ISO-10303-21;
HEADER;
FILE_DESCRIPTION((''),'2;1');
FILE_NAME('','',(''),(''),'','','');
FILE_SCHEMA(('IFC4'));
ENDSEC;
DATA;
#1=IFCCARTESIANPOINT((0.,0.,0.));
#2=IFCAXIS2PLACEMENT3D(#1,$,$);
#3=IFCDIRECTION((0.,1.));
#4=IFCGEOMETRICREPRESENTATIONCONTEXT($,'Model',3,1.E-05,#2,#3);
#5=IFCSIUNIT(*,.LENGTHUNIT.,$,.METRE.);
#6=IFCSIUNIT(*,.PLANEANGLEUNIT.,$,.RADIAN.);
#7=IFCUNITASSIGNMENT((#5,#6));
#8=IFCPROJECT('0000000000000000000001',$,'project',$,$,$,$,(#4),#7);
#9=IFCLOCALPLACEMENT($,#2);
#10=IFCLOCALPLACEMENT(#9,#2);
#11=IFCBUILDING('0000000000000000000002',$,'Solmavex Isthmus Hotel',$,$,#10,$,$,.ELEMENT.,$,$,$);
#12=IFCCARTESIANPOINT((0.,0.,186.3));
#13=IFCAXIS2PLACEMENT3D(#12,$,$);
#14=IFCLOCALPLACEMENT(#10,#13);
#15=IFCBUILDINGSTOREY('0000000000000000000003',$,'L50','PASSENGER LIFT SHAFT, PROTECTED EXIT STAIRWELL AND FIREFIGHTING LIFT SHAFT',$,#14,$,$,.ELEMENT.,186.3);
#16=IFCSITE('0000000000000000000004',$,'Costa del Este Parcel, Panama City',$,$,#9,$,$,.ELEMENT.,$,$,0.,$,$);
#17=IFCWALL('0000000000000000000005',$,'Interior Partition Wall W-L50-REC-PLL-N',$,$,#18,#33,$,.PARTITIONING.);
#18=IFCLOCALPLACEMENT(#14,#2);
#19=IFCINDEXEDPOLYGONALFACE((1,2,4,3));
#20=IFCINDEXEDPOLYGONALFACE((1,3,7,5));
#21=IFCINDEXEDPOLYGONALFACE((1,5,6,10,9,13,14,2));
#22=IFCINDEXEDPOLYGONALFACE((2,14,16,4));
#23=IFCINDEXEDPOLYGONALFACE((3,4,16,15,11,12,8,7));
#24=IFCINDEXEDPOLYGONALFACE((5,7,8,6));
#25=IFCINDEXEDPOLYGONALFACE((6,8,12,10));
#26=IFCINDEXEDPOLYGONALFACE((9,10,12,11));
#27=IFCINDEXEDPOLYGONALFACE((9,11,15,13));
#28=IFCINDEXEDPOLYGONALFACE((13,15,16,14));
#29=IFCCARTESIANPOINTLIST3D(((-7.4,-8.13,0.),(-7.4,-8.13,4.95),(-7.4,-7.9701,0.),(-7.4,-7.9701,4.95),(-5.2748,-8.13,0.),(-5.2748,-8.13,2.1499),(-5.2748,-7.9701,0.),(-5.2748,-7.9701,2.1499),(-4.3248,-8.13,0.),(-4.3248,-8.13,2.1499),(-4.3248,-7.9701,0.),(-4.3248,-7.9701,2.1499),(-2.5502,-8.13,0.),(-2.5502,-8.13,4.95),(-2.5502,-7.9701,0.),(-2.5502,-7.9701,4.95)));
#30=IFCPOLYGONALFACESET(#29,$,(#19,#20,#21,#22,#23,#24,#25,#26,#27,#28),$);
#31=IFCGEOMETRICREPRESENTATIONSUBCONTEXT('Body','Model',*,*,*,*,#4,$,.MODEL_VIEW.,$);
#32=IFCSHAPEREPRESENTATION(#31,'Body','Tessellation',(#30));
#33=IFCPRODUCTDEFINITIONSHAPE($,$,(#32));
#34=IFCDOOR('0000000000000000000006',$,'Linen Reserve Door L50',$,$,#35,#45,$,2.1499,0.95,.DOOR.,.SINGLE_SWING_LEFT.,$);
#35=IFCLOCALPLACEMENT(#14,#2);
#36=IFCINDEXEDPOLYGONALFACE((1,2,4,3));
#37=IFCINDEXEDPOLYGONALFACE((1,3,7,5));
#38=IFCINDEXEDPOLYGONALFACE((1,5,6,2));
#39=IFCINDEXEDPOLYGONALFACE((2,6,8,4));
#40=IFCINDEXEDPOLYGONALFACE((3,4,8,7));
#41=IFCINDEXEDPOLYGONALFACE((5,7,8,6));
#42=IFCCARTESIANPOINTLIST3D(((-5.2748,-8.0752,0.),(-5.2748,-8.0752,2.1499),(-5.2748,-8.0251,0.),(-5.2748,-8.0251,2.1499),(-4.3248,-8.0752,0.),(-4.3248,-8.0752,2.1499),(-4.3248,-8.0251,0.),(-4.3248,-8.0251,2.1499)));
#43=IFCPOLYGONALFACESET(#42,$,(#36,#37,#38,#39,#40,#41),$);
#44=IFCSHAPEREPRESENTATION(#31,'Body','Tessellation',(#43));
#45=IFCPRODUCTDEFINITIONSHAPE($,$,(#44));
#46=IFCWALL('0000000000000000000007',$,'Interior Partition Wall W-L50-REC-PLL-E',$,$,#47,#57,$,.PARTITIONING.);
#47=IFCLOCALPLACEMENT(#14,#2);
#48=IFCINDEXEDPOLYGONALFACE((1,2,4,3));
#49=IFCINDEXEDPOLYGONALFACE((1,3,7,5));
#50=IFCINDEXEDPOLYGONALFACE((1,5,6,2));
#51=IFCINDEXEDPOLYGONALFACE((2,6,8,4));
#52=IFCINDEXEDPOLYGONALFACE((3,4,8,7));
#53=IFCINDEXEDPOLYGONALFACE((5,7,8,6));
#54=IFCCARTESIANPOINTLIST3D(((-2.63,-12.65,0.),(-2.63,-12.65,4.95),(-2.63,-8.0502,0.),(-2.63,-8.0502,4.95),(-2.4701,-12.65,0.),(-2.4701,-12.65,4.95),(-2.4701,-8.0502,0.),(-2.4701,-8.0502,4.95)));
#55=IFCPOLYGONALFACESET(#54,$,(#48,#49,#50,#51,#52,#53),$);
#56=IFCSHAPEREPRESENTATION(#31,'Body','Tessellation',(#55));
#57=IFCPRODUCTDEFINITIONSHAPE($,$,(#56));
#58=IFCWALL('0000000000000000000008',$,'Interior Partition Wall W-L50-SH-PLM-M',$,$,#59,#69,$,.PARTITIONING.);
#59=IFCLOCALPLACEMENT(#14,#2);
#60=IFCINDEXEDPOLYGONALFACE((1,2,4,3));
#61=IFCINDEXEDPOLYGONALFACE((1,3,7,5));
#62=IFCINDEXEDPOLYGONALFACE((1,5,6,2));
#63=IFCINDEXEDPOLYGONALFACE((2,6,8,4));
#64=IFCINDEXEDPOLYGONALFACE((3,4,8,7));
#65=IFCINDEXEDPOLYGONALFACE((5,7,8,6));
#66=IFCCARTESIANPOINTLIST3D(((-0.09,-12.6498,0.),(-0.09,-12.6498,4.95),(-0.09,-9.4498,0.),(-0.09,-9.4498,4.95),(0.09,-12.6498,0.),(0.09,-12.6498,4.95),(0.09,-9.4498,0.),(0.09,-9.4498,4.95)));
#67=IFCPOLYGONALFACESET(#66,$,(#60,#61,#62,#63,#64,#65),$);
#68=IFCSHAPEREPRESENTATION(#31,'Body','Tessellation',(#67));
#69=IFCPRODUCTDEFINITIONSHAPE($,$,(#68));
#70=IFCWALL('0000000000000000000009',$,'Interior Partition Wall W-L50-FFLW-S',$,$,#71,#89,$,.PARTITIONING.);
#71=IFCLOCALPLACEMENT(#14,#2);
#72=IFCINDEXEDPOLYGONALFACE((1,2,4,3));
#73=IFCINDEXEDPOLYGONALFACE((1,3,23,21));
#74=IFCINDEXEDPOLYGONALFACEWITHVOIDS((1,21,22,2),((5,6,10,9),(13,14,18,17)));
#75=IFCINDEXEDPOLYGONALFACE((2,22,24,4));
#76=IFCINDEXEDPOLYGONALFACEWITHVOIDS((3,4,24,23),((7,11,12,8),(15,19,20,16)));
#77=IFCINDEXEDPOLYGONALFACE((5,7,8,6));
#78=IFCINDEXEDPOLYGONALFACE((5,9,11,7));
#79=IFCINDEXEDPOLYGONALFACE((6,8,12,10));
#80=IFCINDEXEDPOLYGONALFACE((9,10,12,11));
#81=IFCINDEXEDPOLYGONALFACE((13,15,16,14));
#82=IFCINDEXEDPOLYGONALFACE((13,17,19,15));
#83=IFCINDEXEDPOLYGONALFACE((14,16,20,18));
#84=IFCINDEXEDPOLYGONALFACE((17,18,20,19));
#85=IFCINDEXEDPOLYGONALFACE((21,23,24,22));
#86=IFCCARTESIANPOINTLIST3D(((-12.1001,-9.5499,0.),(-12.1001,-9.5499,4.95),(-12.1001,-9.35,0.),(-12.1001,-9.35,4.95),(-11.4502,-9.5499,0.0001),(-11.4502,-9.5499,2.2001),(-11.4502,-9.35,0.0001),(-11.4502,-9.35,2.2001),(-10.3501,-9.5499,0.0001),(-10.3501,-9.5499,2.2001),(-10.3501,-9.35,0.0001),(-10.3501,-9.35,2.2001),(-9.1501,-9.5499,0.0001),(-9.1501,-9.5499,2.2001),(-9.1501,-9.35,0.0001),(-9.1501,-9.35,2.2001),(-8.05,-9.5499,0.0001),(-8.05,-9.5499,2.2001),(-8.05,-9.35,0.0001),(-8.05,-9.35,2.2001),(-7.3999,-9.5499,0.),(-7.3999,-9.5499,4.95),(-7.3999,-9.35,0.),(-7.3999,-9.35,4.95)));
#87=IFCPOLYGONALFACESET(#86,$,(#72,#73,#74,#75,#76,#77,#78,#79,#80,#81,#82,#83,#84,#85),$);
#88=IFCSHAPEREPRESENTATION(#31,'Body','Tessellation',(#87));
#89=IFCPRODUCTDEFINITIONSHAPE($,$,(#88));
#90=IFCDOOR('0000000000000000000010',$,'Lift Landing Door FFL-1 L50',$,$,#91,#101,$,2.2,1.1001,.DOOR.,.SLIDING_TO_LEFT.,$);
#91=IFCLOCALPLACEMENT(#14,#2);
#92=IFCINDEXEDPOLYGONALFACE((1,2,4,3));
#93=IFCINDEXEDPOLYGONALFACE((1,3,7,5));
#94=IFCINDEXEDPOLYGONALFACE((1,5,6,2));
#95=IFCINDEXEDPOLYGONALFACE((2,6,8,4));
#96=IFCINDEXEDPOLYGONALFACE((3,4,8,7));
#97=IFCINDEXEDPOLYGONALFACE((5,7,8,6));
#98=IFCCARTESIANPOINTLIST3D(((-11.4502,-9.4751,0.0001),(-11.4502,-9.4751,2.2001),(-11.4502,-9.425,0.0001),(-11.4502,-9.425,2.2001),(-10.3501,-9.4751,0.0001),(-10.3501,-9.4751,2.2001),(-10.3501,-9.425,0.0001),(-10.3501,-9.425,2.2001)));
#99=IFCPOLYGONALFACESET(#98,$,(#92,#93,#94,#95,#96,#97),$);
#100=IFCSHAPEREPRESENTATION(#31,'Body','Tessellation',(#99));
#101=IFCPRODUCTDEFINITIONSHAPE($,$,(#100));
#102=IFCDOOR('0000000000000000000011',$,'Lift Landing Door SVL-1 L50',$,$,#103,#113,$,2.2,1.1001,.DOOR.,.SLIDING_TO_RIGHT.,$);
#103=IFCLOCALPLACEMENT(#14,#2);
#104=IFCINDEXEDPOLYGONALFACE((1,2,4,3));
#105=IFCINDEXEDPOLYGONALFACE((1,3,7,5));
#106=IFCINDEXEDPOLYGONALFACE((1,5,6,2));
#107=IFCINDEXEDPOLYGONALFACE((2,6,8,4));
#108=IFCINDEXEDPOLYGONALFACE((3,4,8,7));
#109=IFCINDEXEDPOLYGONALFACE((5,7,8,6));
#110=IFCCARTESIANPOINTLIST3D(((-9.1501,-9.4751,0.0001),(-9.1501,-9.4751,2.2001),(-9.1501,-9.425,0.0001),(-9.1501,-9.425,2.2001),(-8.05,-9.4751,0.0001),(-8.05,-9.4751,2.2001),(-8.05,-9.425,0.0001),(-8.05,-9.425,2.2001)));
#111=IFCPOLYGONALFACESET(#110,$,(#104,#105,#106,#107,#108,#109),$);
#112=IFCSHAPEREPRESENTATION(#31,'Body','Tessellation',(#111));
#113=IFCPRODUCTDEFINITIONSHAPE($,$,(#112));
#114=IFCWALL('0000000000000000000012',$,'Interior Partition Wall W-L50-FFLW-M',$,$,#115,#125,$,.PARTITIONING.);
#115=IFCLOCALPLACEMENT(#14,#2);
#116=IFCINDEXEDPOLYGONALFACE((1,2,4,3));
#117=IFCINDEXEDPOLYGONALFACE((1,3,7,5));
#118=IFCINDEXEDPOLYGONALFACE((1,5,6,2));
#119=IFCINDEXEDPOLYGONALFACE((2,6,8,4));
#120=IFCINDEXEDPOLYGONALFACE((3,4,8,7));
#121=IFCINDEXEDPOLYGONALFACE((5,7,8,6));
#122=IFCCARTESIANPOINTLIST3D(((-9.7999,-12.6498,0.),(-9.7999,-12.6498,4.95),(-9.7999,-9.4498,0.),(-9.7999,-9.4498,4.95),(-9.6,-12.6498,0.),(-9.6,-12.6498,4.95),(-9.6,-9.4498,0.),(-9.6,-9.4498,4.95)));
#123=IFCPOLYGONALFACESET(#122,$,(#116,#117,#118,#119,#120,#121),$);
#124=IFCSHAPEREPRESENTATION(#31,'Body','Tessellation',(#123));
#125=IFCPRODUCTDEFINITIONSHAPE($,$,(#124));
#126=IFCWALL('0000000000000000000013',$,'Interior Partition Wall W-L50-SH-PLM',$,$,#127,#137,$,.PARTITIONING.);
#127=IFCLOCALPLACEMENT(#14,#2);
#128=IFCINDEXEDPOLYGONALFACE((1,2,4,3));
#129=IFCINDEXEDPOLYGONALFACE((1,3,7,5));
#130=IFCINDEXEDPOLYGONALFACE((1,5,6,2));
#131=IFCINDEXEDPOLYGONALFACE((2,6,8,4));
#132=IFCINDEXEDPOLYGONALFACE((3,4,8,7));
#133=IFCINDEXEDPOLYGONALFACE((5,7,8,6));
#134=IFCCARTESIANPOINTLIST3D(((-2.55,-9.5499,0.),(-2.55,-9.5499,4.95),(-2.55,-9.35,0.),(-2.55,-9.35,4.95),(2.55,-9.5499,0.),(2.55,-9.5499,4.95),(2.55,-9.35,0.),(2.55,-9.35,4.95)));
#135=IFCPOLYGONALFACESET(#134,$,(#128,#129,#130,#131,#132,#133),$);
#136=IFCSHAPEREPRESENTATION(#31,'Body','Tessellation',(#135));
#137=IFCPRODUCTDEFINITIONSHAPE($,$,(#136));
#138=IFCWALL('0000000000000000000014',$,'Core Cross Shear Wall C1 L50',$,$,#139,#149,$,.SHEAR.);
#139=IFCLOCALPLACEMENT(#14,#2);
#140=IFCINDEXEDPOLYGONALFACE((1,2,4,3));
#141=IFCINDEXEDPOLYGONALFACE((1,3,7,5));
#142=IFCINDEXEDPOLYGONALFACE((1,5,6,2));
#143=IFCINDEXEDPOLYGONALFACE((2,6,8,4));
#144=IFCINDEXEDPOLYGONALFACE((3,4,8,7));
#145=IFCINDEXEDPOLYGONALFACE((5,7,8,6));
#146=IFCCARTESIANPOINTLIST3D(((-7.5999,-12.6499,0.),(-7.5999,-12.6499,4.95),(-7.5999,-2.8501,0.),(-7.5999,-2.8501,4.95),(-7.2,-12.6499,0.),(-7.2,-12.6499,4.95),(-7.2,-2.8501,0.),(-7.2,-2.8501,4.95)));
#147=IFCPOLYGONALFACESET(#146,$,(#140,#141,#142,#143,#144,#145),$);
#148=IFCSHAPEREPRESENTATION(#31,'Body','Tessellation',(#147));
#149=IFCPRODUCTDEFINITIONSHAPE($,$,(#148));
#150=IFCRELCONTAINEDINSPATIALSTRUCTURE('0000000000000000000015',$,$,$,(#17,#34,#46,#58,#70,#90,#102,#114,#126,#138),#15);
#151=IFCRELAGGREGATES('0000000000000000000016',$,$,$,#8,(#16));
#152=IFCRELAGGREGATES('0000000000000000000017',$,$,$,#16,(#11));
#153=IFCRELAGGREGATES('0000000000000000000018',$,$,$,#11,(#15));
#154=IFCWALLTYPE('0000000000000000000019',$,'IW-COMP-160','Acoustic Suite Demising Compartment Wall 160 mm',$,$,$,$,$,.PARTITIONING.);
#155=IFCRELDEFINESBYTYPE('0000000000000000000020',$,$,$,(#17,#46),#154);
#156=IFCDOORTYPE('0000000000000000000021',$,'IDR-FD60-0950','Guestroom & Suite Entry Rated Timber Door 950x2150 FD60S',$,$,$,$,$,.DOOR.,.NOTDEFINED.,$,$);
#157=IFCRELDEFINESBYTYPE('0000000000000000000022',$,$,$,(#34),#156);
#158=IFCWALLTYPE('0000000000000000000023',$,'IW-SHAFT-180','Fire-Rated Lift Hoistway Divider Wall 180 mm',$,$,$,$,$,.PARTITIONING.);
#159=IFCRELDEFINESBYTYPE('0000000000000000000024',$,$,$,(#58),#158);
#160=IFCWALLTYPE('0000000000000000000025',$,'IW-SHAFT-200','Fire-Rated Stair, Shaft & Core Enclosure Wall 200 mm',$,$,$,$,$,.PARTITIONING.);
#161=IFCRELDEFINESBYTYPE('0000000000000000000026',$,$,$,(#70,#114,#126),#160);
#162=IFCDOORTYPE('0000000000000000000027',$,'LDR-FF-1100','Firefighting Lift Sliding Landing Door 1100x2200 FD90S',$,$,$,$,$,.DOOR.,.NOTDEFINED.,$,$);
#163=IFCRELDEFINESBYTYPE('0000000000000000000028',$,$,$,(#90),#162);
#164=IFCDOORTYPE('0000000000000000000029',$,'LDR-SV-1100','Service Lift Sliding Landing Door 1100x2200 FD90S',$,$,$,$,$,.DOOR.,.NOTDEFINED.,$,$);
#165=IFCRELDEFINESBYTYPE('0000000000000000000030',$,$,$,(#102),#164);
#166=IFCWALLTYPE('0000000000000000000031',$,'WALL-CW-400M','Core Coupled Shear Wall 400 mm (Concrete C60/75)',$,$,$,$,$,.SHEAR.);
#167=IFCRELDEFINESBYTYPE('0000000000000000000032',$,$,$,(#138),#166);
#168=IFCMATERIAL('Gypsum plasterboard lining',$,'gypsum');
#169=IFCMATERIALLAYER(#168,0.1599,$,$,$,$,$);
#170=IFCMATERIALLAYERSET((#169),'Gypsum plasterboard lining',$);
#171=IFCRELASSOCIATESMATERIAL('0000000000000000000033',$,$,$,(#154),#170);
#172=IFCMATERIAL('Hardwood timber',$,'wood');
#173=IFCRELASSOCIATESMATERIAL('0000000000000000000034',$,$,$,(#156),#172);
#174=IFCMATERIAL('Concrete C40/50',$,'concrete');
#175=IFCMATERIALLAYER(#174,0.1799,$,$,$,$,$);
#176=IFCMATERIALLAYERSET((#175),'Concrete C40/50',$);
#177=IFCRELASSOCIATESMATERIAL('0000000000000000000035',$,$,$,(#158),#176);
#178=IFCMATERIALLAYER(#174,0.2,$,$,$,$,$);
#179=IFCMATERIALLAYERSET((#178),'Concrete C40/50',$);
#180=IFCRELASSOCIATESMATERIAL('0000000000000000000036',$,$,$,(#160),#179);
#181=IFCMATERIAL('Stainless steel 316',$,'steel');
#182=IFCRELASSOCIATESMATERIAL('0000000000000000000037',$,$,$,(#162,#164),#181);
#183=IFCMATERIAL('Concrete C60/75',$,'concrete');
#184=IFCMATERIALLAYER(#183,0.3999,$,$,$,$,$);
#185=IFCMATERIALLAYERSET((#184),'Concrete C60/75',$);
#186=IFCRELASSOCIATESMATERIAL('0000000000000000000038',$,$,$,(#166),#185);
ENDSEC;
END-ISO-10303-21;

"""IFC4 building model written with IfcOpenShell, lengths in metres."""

from ifc_helpers import new_model, si_unit, direction, frame, frame_2d, origin, place, context, subcontext, project, spatial, rectangle, extrude, material, layer, layer_set, type_object, element, fill, save


model = new_model("IFC4")

# Units and contexts
model_context = context("Model", 3, precision=1e-05, world=origin(), true_north=direction((0.0, 1.0)))
body_context = subcontext(model_context, "Body", "Model", "MODEL_VIEW")
ifc_project = project(units=[si_unit("LENGTHUNIT", "METRE"), si_unit("PLANEANGLEUNIT", "RADIAN")], contexts=[model_context])

# Site, building, storey
site_placement = place(None, origin())
site = spatial("IfcSite", under=ifc_project, at=site_placement, Name="Costa del Este Parcel, Panama City", CompositionType="ELEMENT", RefElevation=0.0)
building_placement = place(site_placement, origin())
building = spatial("IfcBuilding", under=site, at=building_placement, Name="Solmavex Isthmus Hotel", CompositionType="ELEMENT")
storey_placement = place(building_placement, frame((0.0, 0.0, 186.3)))
storey = spatial("IfcBuildingStorey", under=building, at=storey_placement, Name="L50", Description="PASSENGER LIFT SHAFT, PROTECTED EXIT STAIRWELL AND FIREFIGHTING LIFT SHAFT", CompositionType="ELEMENT", Elevation=186.3)

# Shared definitions
ifc_material_1 = material(Name="Concrete C60/75", Category="concrete")

# Wall, opening, door
ifc_material_2 = material(Name="Gypsum plasterboard lining", Category="gypsum")
ifc_layer_1 = layer(ifc_material_2, 0.1599)
ifc_layer_set_1 = layer_set([ifc_layer_1], Name="Gypsum plasterboard lining")
wall_type_1 = type_object("IfcWallType", Name="IW-COMP-160", Description="Acoustic Suite Demising Compartment Wall 160 mm", PredefinedType="PARTITIONING", material=ifc_layer_set_1)
wall_1_placement = place(storey_placement, frame((-7.3999, -8.05, 0.0), z_axis=(0.0, 0.0, 1.0), x_axis=(1.0, 0.0, 0.0)))
wall_1 = element("IfcWall", 1, at=wall_1_placement, inside=storey, type_object=wall_type_1, Name="Interior Partition Wall W-L50-REC-PLL-N", PredefinedType="PARTITIONING", context=body_context, shape_type="SweptSolid", body=[
    extrude(rectangle(XDim=4.8499, YDim=0.1599, at=frame_2d((2.4248, 0.0))), origin(), (0.0, 0.0, 1.0), 4.95),
])
opening_1_placement = place(wall_1_placement, frame((2.125, 0.0, 0.0)))
opening_1 = element("IfcOpeningElement", 2, at=opening_1_placement, cuts=wall_1, PredefinedType="OPENING", context=body_context, shape_type="SweptSolid", body=[
    extrude(rectangle(XDim=0.95, YDim=2.1499, at=frame_2d((0.4751, 1.075))), frame((0.0, 0.0898, 0.0), z_axis=(0.0, -1.0, 0.0), x_axis=(1.0, 0.0, 0.0)), (0.0, 0.0, 1.0), 0.1799),
])
ifc_material_3 = material(Name="Hardwood timber", Category="wood")
door_type_1 = type_object("IfcDoorType", Name="IDR-FD60-0950", Description="Guestroom & Suite Entry Rated Timber Door 950x2150 FD60S", OperationType="NOTDEFINED", PredefinedType="DOOR", material=ifc_material_3)
door_1_placement = place(opening_1_placement, origin())
door_1 = element("IfcDoor", 3, at=door_1_placement, inside=storey, type_object=door_type_1, Name="Linen Reserve Door L50", OperationType="SINGLE_SWING_LEFT", OverallHeight=2.1499, OverallWidth=0.95, PredefinedType="DOOR", context=body_context, shape_type="SweptSolid", body=[
    extrude(rectangle(XDim=0.95, YDim=2.1499, at=frame_2d((0.4751, 1.075))), frame((0.0, 0.0249, 0.0), z_axis=(0.0, -1.0, 0.0), x_axis=(1.0, 0.0, 0.0)), (0.0, 0.0, 1.0), 0.05),
])
fill(opening_1, door_1)

# Walls
wall_2_placement = place(storey_placement, frame((-2.55, -12.6499, 0.0), z_axis=(0.0, 0.0, 1.0), x_axis=(0.0, 1.0, 0.0)))
element("IfcWall", 4, at=wall_2_placement, inside=storey, type_object=wall_type_1, Name="Interior Partition Wall W-L50-REC-PLL-E", PredefinedType="PARTITIONING", context=body_context, shape_type="SweptSolid", body=[
    extrude(rectangle(XDim=4.5999, YDim=0.1599, at=frame_2d((2.2998, 0.0))), origin(), (0.0, 0.0, 1.0), 4.95),
])
ifc_material_4 = material(Name="Concrete C40/50", Category="concrete")
ifc_layer_2 = layer(ifc_material_4, 0.1799)
ifc_layer_set_2 = layer_set([ifc_layer_2], Name="Concrete C40/50")
wall_type_2 = type_object("IfcWallType", Name="IW-SHAFT-180", Description="Fire-Rated Lift Hoistway Divider Wall 180 mm", PredefinedType="PARTITIONING", material=ifc_layer_set_2)
wall_3_placement = place(storey_placement, frame((0.0, -12.6499, 0.0), z_axis=(0.0, 0.0, 1.0), x_axis=(0.0, 1.0, 0.0)))
element("IfcWall", 5, at=wall_3_placement, inside=storey, type_object=wall_type_2, Name="Interior Partition Wall W-L50-SH-PLM-M", PredefinedType="PARTITIONING", context=body_context, shape_type="SweptSolid", body=[
    extrude(rectangle(XDim=3.2, YDim=0.1799, at=frame_2d((1.6001, 0.0))), origin(), (0.0, 0.0, 1.0), 4.95),
])

# Wall, openings, doors
ifc_layer_3 = layer(ifc_material_4, 0.2)
ifc_layer_set_3 = layer_set([ifc_layer_3], Name="Concrete C40/50")
wall_type_3 = type_object("IfcWallType", Name="IW-SHAFT-200", Description="Fire-Rated Stair, Shaft & Core Enclosure Wall 200 mm", PredefinedType="PARTITIONING", material=ifc_layer_set_3)
wall_4_placement = place(storey_placement, frame((-12.1001, -9.45, 0.0), z_axis=(0.0, 0.0, 1.0), x_axis=(1.0, 0.0, 0.0)))
wall_4 = element("IfcWall", 6, at=wall_4_placement, inside=storey, type_object=wall_type_3, Name="Interior Partition Wall W-L50-FFLW-S", PredefinedType="PARTITIONING", context=body_context, shape_type="SweptSolid", body=[
    extrude(rectangle(XDim=4.7002, YDim=0.2, at=frame_2d((2.3501, 0.0))), origin(), (0.0, 0.0, 1.0), 4.95),
])
opening_2_placement = place(wall_4_placement, frame((0.6499, 0.0, 0.0)))
opening_2 = element("IfcOpeningElement", 7, at=opening_2_placement, cuts=wall_4, PredefinedType="OPENING", context=body_context, shape_type="SweptSolid", body=[
    extrude(rectangle(XDim=1.1001, YDim=2.2, at=frame_2d((0.55, 1.1001))), frame((0.0, 0.1099, 0.0), z_axis=(0.0, -1.0, 0.0), x_axis=(1.0, 0.0, 0.0)), (0.0, 0.0, 1.0), 0.22),
])
opening_3_placement = place(wall_4_placement, frame((2.95, 0.0, 0.0)))
opening_3 = element("IfcOpeningElement", 8, at=opening_3_placement, cuts=wall_4, PredefinedType="OPENING", context=body_context, shape_type="SweptSolid", body=[
    extrude(rectangle(XDim=1.1001, YDim=2.2, at=frame_2d((0.55, 1.1001))), frame((0.0, 0.1099, 0.0), z_axis=(0.0, -1.0, 0.0), x_axis=(1.0, 0.0, 0.0)), (0.0, 0.0, 1.0), 0.22),
])
ifc_material_5 = material(Name="Stainless steel 316", Category="steel")
door_type_2 = type_object("IfcDoorType", Name="LDR-FF-1100", Description="Firefighting Lift Sliding Landing Door 1100x2200 FD90S", OperationType="NOTDEFINED", PredefinedType="DOOR", material=ifc_material_5)
door_2_placement = place(opening_2_placement, origin())
door_2 = element("IfcDoor", 9, at=door_2_placement, inside=storey, type_object=door_type_2, Name="Lift Landing Door FFL-1 L50", OperationType="SLIDING_TO_LEFT", OverallHeight=2.2, OverallWidth=1.1001, PredefinedType="DOOR", context=body_context, shape_type="SweptSolid", body=[
    extrude(rectangle(XDim=1.1001, YDim=2.2, at=frame_2d((0.55, 1.1001))), frame((0.0, 0.0249, 0.0), z_axis=(0.0, -1.0, 0.0), x_axis=(1.0, 0.0, 0.0)), (0.0, 0.0, 1.0), 0.05),
])
fill(opening_2, door_2)
door_type_3 = type_object("IfcDoorType", Name="LDR-SV-1100", Description="Service Lift Sliding Landing Door 1100x2200 FD90S", OperationType="NOTDEFINED", PredefinedType="DOOR", material=ifc_material_5)
door_3_placement = place(opening_3_placement, origin())
door_3 = element("IfcDoor", 10, at=door_3_placement, inside=storey, type_object=door_type_3, Name="Lift Landing Door SVL-1 L50", OperationType="SLIDING_TO_RIGHT", OverallHeight=2.2, OverallWidth=1.1001, PredefinedType="DOOR", context=body_context, shape_type="SweptSolid", body=[
    extrude(rectangle(XDim=1.1001, YDim=2.2, at=frame_2d((0.55, 1.1001))), frame((0.0, 0.0249, 0.0), z_axis=(0.0, -1.0, 0.0), x_axis=(1.0, 0.0, 0.0)), (0.0, 0.0, 1.0), 0.05),
])
fill(opening_3, door_3)

# Walls
wall_5_placement = place(storey_placement, frame((-9.7, -12.6499, 0.0), z_axis=(0.0, 0.0, 1.0), x_axis=(0.0, 1.0, 0.0)))
element("IfcWall", 11, at=wall_5_placement, inside=storey, type_object=wall_type_3, Name="Interior Partition Wall W-L50-FFLW-M", PredefinedType="PARTITIONING", context=body_context, shape_type="SweptSolid", body=[
    extrude(rectangle(XDim=3.2, YDim=0.2, at=frame_2d((1.6001, 0.0))), origin(), (0.0, 0.0, 1.0), 4.95),
])
wall_6_placement = place(storey_placement, frame((-2.55, -9.45, 0.0), z_axis=(0.0, 0.0, 1.0), x_axis=(1.0, 0.0, 0.0)))
element("IfcWall", 12, at=wall_6_placement, inside=storey, type_object=wall_type_3, Name="Interior Partition Wall W-L50-SH-PLM", PredefinedType="PARTITIONING", context=body_context, shape_type="SweptSolid", body=[
    extrude(rectangle(XDim=5.1001, YDim=0.2, at=frame_2d((2.55, 0.0))), origin(), (0.0, 0.0, 1.0), 4.95),
])
ifc_layer_4 = layer(ifc_material_1, 0.3999)
ifc_layer_set_4 = layer_set([ifc_layer_4], Name="Concrete C60/75")
wall_type_4 = type_object("IfcWallType", Name="WALL-CW-400M", Description="Core Coupled Shear Wall 400 mm (Concrete C60/75)", PredefinedType="SHEAR", material=ifc_layer_set_4)
wall_7_placement = place(storey_placement, frame((-7.3999, -12.6499, 0.0), z_axis=(0.0, 0.0, 1.0), x_axis=(0.0, 1.0, 0.0)))
element("IfcWall", 13, at=wall_7_placement, inside=storey, type_object=wall_type_4, Name="Core Cross Shear Wall C1 L50", PredefinedType="SHEAR", context=body_context, shape_type="SweptSolid", body=[
    extrude(rectangle(XDim=9.7998, YDim=0.3999, at=frame_2d((4.8999, 0.0))), origin(), (0.0, 0.0, 1.0), 4.95),
])

save(model, "model.ifc")
